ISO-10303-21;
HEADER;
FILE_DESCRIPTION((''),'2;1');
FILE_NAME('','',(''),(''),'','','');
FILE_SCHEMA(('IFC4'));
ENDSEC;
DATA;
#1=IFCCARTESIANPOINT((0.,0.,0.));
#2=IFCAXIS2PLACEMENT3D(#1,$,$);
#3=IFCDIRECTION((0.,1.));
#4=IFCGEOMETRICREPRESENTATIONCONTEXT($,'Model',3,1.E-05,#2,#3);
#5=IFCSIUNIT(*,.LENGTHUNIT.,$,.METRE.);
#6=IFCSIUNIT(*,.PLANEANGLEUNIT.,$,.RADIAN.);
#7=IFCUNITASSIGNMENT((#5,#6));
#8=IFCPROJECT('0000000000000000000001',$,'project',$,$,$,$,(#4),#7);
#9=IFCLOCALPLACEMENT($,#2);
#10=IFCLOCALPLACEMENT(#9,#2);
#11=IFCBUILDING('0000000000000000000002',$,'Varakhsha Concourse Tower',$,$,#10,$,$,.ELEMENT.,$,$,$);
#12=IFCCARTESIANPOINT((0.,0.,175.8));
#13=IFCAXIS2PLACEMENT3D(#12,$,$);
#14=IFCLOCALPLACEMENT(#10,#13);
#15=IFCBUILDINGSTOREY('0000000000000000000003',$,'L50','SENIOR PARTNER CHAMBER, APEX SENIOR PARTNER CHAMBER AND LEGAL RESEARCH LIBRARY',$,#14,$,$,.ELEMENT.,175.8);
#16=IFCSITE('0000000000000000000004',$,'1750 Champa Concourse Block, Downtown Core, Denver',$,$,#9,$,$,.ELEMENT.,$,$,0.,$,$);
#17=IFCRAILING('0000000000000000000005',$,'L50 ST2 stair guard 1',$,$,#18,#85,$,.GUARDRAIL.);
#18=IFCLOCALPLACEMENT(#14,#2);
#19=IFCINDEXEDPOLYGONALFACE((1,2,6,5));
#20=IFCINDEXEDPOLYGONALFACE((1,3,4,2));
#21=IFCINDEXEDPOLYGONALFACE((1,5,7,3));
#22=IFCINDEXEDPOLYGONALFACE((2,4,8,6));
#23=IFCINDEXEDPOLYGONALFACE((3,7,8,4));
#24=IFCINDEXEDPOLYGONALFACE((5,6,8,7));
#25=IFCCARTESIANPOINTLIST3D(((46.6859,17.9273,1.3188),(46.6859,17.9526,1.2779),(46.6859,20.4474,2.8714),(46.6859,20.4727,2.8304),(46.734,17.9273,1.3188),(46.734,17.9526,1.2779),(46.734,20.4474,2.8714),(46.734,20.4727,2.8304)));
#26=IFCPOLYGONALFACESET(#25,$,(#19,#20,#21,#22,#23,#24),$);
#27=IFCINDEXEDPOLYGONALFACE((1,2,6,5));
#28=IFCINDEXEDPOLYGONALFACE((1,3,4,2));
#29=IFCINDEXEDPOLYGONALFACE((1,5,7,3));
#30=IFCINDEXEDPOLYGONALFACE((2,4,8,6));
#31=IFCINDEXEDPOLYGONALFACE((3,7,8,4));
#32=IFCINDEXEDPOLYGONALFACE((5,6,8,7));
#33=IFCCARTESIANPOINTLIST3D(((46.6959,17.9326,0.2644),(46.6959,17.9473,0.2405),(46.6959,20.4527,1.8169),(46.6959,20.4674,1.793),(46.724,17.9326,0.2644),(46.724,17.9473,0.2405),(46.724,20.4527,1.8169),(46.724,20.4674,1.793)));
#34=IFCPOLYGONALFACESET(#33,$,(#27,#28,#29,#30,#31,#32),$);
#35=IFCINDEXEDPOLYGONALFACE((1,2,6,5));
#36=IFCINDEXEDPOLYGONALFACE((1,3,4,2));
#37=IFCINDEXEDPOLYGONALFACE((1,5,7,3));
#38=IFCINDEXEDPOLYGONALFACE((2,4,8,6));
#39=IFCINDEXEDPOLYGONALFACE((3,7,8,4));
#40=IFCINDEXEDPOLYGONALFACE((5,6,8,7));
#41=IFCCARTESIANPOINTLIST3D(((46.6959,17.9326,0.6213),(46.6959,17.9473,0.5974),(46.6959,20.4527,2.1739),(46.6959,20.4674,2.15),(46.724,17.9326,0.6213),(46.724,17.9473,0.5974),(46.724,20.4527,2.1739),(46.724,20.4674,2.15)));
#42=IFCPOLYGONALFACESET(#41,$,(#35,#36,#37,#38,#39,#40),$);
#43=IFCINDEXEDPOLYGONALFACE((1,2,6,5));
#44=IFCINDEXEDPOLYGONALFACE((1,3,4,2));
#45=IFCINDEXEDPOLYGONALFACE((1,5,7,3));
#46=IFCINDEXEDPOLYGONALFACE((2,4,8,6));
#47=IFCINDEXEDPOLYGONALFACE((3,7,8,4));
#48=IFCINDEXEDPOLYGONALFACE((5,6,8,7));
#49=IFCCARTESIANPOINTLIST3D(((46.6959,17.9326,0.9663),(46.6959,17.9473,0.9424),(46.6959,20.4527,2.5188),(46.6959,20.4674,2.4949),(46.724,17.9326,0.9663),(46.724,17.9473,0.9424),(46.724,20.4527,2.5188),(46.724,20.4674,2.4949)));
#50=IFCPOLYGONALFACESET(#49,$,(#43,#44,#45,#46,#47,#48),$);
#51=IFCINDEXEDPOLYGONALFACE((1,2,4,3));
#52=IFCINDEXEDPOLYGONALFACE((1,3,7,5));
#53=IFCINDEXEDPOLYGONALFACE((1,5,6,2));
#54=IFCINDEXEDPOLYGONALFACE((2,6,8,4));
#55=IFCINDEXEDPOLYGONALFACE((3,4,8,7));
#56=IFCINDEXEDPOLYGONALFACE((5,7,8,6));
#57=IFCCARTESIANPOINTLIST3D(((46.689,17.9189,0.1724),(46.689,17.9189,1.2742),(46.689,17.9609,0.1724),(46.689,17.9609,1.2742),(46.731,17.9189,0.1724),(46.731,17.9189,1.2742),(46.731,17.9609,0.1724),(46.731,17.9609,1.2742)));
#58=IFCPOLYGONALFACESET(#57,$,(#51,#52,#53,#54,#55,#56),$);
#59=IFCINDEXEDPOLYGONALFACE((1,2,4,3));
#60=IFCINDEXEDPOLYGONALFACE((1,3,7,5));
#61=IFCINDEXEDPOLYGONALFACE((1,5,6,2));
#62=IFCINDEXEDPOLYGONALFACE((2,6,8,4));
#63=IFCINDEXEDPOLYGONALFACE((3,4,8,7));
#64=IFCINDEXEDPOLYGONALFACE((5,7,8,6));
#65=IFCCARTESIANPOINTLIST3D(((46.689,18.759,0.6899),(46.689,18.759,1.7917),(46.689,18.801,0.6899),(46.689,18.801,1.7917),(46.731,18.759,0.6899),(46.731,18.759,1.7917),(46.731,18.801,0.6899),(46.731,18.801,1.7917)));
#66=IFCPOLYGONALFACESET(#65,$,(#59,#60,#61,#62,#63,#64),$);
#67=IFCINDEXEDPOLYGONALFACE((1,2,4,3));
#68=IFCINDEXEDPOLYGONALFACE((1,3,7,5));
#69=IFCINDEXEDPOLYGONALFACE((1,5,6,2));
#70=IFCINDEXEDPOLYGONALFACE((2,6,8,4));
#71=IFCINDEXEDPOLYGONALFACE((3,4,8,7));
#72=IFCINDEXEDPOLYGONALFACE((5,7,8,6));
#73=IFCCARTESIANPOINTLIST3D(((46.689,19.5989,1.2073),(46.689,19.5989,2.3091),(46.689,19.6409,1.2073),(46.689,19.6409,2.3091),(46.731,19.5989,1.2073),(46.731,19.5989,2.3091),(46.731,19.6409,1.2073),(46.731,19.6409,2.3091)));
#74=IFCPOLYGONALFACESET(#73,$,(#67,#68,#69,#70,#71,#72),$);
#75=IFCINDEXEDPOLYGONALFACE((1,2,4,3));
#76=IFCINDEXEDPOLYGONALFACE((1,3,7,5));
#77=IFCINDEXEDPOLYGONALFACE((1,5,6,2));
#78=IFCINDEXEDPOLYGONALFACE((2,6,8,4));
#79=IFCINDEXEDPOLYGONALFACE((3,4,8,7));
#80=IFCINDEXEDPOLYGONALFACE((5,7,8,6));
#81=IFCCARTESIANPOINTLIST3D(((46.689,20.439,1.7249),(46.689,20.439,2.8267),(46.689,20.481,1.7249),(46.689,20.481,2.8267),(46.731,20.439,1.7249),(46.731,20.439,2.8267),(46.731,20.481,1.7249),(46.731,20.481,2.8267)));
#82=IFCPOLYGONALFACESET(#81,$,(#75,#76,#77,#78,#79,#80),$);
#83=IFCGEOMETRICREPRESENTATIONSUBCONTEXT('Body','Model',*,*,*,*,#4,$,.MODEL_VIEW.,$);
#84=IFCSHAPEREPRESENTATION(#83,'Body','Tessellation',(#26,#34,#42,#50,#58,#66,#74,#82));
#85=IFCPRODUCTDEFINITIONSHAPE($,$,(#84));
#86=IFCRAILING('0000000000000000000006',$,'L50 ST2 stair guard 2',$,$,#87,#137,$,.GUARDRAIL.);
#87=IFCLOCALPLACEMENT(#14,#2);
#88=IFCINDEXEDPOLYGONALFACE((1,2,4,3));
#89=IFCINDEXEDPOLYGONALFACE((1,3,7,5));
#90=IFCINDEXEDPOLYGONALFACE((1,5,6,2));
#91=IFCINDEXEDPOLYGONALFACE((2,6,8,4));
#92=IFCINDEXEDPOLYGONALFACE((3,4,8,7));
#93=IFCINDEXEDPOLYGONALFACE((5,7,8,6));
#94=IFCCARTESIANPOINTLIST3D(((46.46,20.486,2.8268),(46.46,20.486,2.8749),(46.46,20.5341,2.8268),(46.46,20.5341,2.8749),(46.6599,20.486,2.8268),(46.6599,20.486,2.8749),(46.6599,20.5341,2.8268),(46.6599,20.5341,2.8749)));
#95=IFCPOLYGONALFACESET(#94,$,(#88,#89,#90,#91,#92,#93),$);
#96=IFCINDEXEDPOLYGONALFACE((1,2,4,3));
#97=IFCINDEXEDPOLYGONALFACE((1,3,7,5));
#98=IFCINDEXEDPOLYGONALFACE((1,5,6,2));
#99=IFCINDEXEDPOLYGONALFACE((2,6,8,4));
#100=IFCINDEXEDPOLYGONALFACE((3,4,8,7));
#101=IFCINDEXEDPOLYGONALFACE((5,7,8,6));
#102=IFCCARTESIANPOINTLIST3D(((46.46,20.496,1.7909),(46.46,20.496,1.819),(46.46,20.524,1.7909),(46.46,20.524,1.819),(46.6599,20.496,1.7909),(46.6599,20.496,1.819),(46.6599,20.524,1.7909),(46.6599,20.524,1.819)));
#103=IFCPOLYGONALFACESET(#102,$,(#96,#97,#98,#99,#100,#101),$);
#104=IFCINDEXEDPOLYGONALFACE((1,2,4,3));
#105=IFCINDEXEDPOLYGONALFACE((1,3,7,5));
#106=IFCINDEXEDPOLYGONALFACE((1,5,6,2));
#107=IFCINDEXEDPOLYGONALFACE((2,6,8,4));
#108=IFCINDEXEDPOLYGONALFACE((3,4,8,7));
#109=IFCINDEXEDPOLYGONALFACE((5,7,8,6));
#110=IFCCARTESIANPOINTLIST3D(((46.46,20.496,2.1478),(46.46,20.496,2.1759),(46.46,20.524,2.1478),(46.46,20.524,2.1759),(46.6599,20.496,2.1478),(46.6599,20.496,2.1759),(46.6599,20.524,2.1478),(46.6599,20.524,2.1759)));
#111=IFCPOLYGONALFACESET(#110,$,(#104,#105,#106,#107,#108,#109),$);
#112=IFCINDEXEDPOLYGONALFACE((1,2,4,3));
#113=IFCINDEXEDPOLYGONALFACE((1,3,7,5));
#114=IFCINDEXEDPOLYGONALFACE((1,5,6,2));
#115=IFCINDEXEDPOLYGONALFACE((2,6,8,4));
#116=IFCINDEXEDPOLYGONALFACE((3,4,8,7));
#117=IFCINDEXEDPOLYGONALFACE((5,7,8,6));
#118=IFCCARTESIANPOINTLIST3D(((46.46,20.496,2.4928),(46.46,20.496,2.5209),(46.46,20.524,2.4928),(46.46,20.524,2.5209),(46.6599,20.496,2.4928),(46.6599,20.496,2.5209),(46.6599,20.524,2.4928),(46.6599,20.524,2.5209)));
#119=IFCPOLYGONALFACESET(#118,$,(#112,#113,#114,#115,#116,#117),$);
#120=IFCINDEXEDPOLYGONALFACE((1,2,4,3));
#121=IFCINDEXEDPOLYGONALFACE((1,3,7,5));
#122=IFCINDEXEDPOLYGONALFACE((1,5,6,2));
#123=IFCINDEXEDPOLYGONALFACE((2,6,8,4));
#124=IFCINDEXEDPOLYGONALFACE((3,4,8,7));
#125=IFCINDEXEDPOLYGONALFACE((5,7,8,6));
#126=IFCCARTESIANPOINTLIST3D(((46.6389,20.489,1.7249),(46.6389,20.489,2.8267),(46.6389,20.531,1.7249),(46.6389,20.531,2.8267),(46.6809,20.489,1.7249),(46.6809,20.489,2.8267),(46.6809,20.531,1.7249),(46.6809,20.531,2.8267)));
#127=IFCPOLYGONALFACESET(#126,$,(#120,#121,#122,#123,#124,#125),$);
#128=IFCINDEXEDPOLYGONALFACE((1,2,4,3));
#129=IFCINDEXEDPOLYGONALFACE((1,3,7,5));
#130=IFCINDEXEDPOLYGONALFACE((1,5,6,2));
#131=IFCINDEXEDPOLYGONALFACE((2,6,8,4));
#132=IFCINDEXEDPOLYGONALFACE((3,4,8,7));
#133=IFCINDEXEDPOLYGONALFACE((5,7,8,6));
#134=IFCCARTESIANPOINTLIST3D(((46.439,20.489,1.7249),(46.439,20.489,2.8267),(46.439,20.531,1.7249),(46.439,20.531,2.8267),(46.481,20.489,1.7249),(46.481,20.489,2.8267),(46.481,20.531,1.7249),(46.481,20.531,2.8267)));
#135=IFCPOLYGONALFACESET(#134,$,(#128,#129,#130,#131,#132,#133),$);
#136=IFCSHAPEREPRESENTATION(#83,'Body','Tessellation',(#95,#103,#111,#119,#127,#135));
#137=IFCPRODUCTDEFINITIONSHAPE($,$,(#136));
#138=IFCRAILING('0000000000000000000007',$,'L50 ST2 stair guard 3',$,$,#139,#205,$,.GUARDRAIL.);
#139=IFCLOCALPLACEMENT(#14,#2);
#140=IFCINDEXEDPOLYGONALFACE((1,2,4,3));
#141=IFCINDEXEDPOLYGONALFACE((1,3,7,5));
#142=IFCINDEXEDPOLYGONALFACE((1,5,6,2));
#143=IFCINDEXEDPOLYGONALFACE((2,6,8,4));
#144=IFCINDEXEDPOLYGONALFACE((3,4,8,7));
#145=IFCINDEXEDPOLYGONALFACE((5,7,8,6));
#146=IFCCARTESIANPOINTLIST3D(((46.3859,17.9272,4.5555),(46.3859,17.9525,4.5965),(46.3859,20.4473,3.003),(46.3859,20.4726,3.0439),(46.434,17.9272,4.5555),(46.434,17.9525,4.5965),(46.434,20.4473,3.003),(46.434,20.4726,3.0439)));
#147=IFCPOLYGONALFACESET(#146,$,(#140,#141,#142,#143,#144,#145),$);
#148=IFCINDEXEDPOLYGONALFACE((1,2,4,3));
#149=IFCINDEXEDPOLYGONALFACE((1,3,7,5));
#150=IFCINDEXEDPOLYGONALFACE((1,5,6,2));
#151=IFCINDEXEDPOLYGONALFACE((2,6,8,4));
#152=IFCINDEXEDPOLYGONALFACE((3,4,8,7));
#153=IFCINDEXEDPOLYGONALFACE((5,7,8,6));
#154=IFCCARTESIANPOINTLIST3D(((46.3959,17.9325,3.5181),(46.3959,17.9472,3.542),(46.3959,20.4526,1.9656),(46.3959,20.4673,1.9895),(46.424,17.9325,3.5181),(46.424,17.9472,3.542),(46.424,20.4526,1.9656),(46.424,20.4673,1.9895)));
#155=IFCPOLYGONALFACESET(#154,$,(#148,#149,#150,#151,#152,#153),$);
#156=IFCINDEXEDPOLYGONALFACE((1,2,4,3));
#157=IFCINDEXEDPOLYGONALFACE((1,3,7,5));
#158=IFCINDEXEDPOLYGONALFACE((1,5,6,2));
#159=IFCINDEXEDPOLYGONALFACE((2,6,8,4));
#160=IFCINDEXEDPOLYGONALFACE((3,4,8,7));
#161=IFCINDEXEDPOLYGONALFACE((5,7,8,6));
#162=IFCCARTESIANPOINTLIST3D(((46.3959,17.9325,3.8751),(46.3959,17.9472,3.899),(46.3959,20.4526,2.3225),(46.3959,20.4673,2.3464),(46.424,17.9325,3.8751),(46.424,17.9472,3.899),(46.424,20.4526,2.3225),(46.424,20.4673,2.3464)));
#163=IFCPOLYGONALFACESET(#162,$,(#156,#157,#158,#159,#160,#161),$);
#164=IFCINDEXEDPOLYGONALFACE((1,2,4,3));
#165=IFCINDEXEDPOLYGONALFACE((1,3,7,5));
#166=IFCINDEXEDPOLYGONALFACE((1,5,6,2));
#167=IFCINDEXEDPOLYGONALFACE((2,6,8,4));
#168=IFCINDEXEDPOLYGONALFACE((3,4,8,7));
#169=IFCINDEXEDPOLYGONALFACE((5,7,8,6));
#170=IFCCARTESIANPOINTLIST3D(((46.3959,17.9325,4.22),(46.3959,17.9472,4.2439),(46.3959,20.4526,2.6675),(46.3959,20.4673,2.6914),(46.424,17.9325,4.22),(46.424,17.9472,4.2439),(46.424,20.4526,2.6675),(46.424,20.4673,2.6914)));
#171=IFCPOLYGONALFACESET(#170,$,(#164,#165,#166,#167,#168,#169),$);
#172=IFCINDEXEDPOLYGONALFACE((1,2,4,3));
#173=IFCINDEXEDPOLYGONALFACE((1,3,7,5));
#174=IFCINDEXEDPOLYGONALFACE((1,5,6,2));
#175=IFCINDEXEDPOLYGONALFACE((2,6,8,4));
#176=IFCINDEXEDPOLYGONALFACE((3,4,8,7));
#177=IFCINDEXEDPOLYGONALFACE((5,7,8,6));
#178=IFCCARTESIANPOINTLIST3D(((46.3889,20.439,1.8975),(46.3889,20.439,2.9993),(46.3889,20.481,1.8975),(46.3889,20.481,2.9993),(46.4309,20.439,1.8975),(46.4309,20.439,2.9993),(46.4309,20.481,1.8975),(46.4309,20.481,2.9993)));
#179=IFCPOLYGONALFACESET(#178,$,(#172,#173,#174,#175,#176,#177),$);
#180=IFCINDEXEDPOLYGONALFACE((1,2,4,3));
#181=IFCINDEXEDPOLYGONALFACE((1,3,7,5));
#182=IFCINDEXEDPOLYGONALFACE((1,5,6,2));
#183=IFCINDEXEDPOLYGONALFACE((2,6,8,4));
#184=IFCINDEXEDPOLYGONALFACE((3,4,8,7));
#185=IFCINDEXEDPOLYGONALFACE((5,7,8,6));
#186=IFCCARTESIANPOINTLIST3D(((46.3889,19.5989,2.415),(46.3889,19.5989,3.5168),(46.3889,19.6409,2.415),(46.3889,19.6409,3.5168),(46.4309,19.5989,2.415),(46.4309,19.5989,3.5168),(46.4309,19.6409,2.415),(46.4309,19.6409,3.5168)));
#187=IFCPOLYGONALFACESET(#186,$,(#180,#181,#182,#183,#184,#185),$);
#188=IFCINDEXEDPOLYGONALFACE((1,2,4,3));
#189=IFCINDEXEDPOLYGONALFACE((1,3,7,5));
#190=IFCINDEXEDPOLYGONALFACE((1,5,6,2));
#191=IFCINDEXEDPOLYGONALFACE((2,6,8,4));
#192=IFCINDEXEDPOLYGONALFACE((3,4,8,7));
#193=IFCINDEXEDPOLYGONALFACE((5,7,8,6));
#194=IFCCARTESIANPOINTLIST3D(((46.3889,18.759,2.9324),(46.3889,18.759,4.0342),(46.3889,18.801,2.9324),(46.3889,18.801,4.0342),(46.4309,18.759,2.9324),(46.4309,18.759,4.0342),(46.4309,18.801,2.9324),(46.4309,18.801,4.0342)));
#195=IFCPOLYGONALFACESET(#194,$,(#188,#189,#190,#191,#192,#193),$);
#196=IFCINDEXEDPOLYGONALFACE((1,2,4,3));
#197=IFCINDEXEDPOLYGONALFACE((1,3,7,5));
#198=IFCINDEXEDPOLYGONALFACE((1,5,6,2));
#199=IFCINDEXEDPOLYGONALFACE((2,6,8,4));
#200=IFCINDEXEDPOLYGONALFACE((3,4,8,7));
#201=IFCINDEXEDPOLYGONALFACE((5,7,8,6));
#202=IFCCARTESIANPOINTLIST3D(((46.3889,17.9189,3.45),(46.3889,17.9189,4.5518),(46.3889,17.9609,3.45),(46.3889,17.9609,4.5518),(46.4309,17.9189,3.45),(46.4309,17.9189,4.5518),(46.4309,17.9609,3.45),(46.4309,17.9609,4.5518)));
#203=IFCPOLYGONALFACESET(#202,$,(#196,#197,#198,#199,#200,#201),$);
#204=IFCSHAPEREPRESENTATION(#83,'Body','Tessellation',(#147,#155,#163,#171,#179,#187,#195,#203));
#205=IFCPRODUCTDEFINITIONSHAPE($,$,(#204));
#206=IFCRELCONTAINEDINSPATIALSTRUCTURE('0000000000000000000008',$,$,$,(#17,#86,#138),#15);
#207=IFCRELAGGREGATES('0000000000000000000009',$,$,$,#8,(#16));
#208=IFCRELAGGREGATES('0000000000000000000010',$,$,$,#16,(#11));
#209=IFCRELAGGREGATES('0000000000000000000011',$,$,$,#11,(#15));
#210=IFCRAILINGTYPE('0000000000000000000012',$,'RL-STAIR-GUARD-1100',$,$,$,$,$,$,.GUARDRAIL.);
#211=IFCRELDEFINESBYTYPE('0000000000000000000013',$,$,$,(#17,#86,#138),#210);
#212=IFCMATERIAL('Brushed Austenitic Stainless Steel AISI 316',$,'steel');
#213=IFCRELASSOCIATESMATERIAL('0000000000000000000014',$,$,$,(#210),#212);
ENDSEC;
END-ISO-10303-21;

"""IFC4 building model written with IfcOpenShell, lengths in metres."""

from ifc_helpers import new_model, si_unit, direction, frame, origin, origin_2d, place, context, subcontext, project, spatial, rectangle, extrude, material, type_object, element, save


model = new_model("IFC4")

# Units and contexts
model_context = context("Model", 3, precision=1e-05, world=origin(), true_north=direction((0.0, 1.0)))
body_context = subcontext(model_context, "Body", "Model", "MODEL_VIEW")
ifc_project = project(units=[si_unit("LENGTHUNIT", "METRE"), si_unit("PLANEANGLEUNIT", "RADIAN")], contexts=[model_context])

# Site, building, storey
site_placement = place(None, origin())
site = spatial("IfcSite", under=ifc_project, at=site_placement, Name="1750 Champa Concourse Block, Downtown Core, Denver", CompositionType="ELEMENT", RefElevation=0.0)
building_placement = place(site_placement, origin())
building = spatial("IfcBuilding", under=site, at=building_placement, Name="Varakhsha Concourse Tower", CompositionType="ELEMENT")
storey_placement = place(building_placement, frame((0.0, 0.0, 175.8)))
storey = spatial("IfcBuildingStorey", under=building, at=storey_placement, Name="L50", Description="SENIOR PARTNER CHAMBER, APEX SENIOR PARTNER CHAMBER AND LEGAL RESEARCH LIBRARY", CompositionType="ELEMENT", Elevation=175.8)

# Railings
ifc_material_1 = material(Name="Brushed Austenitic Stainless Steel AISI 316", Category="steel")
railing_type_1 = type_object("IfcRailingType", Name="RL-STAIR-GUARD-1100", PredefinedType="GUARDRAIL", material=ifc_material_1)
railing_1_placement = place(storey_placement, frame((46.71, 17.9399, 0.1724)))
element("IfcRailing", 1, at=railing_1_placement, inside=storey, type_object=railing_type_1, Name="L50 ST2 stair guard 1", PredefinedType="GUARDRAIL", context=body_context, shape_type="SweptSolid", body=[
    extrude(rectangle(XDim=0.0481, YDim=0.0481, at=origin_2d()), frame((0.0, 0.0, 1.126), z_axis=(0.0, 0.8514, 0.524516), x_axis=(-1.0, 0.0, 0.0)), (0.0, 0.0, 1.0), 2.96),
    extrude(rectangle(XDim=0.0281, YDim=0.0281, at=origin_2d()), frame((0.0, 0.0, 0.0801), z_axis=(0.0, 0.8514, 0.524516), x_axis=(-1.0, 0.0, 0.0)), (0.0, 0.0, 1.0), 2.96),
    extrude(rectangle(XDim=0.0281, YDim=0.0281, at=origin_2d()), frame((0.0, 0.0, 0.437), z_axis=(0.0, 0.8514, 0.524516), x_axis=(-1.0, 0.0, 0.0)), (0.0, 0.0, 1.0), 2.96),
    extrude(rectangle(XDim=0.0281, YDim=0.0281, at=origin_2d()), frame((0.0, 0.0, 0.782), z_axis=(0.0, 0.8514, 0.524516), x_axis=(-1.0, 0.0, 0.0)), (0.0, 0.0, 1.0), 2.96),
    extrude(rectangle(XDim=0.042, YDim=0.042, at=origin_2d()), origin(), (0.0, 0.0, 1.0), 1.1018),
    extrude(rectangle(XDim=0.042, YDim=0.042, at=origin_2d()), frame((0.0, 0.8401, 0.5176)), (0.0, 0.0, 1.0), 1.1018),
    extrude(rectangle(XDim=0.042, YDim=0.042, at=origin_2d()), frame((0.0, 1.6799, 1.0349)), (0.0, 0.0, 1.0), 1.1018),
    extrude(rectangle(XDim=0.042, YDim=0.042, at=origin_2d()), frame((0.0, 2.52, 1.5525)), (0.0, 0.0, 1.0), 1.1018),
])
railing_2_placement = place(storey_placement, frame((46.6599, 20.51, 1.7249)))
element("IfcRailing", 2, at=railing_2_placement, inside=storey, type_object=railing_type_1, Name="L50 ST2 stair guard 2", PredefinedType="GUARDRAIL", context=body_context, shape_type="SweptSolid", body=[
    extrude(rectangle(XDim=0.0481, YDim=0.0481, at=origin_2d()), frame((0.0, 0.0, 1.126), z_axis=(-1.0, 0.0, 0.0), x_axis=(0.0, -1.0, 0.0)), (0.0, 0.0, 1.0), 0.2),
    extrude(rectangle(XDim=0.0281, YDim=0.0281, at=origin_2d()), frame((0.0, 0.0, 0.0801), z_axis=(-1.0, 0.0, 0.0), x_axis=(0.0, -1.0, 0.0)), (0.0, 0.0, 1.0), 0.2),
    extrude(rectangle(XDim=0.0281, YDim=0.0281, at=origin_2d()), frame((0.0, 0.0, 0.437), z_axis=(-1.0, 0.0, 0.0), x_axis=(0.0, -1.0, 0.0)), (0.0, 0.0, 1.0), 0.2),
    extrude(rectangle(XDim=0.0281, YDim=0.0281, at=origin_2d()), frame((0.0, 0.0, 0.782), z_axis=(-1.0, 0.0, 0.0), x_axis=(0.0, -1.0, 0.0)), (0.0, 0.0, 1.0), 0.2),
    extrude(rectangle(XDim=0.042, YDim=0.042, at=origin_2d()), origin(), (0.0, 0.0, 1.0), 1.1018),
    extrude(rectangle(XDim=0.042, YDim=0.042, at=origin_2d()), frame((-0.2, 0.0, 0.0)), (0.0, 0.0, 1.0), 1.1018),
])
railing_3_placement = place(storey_placement, frame((46.4099, 20.46, 1.8975)))
element("IfcRailing", 3, at=railing_3_placement, inside=storey, type_object=railing_type_1, Name="L50 ST2 stair guard 3", PredefinedType="GUARDRAIL", context=body_context, shape_type="SweptSolid", body=[
    extrude(rectangle(XDim=0.0481, YDim=0.0481, at=origin_2d()), frame((0.0, 0.0, 1.126), z_axis=(0.0, -0.8514, 0.524516), x_axis=(1.0, 0.0, 0.0)), (0.0, 0.0, 1.0), 2.96),
    extrude(rectangle(XDim=0.0281, YDim=0.0281, at=origin_2d()), frame((0.0, 0.0, 0.0801), z_axis=(0.0, -0.8514, 0.524516), x_axis=(1.0, 0.0, 0.0)), (0.0, 0.0, 1.0), 2.96),
    extrude(rectangle(XDim=0.0281, YDim=0.0281, at=origin_2d()), frame((0.0, 0.0, 0.437), z_axis=(0.0, -0.8514, 0.524516), x_axis=(1.0, 0.0, 0.0)), (0.0, 0.0, 1.0), 2.96),
    extrude(rectangle(XDim=0.0281, YDim=0.0281, at=origin_2d()), frame((0.0, 0.0, 0.782), z_axis=(0.0, -0.8514, 0.524516), x_axis=(1.0, 0.0, 0.0)), (0.0, 0.0, 1.0), 2.96),
    extrude(rectangle(XDim=0.042, YDim=0.042, at=origin_2d()), origin(), (0.0, 0.0, 1.0), 1.1018),
    extrude(rectangle(XDim=0.042, YDim=0.042, at=origin_2d()), frame((0.0, -0.8401, 0.5176)), (0.0, 0.0, 1.0), 1.1018),
    extrude(rectangle(XDim=0.042, YDim=0.042, at=origin_2d()), frame((0.0, -1.6799, 1.0349)), (0.0, 0.0, 1.0), 1.1018),
    extrude(rectangle(XDim=0.042, YDim=0.042, at=origin_2d()), frame((0.0, -2.52, 1.5525)), (0.0, 0.0, 1.0), 1.1018),
])

save(model, "model.ifc")
